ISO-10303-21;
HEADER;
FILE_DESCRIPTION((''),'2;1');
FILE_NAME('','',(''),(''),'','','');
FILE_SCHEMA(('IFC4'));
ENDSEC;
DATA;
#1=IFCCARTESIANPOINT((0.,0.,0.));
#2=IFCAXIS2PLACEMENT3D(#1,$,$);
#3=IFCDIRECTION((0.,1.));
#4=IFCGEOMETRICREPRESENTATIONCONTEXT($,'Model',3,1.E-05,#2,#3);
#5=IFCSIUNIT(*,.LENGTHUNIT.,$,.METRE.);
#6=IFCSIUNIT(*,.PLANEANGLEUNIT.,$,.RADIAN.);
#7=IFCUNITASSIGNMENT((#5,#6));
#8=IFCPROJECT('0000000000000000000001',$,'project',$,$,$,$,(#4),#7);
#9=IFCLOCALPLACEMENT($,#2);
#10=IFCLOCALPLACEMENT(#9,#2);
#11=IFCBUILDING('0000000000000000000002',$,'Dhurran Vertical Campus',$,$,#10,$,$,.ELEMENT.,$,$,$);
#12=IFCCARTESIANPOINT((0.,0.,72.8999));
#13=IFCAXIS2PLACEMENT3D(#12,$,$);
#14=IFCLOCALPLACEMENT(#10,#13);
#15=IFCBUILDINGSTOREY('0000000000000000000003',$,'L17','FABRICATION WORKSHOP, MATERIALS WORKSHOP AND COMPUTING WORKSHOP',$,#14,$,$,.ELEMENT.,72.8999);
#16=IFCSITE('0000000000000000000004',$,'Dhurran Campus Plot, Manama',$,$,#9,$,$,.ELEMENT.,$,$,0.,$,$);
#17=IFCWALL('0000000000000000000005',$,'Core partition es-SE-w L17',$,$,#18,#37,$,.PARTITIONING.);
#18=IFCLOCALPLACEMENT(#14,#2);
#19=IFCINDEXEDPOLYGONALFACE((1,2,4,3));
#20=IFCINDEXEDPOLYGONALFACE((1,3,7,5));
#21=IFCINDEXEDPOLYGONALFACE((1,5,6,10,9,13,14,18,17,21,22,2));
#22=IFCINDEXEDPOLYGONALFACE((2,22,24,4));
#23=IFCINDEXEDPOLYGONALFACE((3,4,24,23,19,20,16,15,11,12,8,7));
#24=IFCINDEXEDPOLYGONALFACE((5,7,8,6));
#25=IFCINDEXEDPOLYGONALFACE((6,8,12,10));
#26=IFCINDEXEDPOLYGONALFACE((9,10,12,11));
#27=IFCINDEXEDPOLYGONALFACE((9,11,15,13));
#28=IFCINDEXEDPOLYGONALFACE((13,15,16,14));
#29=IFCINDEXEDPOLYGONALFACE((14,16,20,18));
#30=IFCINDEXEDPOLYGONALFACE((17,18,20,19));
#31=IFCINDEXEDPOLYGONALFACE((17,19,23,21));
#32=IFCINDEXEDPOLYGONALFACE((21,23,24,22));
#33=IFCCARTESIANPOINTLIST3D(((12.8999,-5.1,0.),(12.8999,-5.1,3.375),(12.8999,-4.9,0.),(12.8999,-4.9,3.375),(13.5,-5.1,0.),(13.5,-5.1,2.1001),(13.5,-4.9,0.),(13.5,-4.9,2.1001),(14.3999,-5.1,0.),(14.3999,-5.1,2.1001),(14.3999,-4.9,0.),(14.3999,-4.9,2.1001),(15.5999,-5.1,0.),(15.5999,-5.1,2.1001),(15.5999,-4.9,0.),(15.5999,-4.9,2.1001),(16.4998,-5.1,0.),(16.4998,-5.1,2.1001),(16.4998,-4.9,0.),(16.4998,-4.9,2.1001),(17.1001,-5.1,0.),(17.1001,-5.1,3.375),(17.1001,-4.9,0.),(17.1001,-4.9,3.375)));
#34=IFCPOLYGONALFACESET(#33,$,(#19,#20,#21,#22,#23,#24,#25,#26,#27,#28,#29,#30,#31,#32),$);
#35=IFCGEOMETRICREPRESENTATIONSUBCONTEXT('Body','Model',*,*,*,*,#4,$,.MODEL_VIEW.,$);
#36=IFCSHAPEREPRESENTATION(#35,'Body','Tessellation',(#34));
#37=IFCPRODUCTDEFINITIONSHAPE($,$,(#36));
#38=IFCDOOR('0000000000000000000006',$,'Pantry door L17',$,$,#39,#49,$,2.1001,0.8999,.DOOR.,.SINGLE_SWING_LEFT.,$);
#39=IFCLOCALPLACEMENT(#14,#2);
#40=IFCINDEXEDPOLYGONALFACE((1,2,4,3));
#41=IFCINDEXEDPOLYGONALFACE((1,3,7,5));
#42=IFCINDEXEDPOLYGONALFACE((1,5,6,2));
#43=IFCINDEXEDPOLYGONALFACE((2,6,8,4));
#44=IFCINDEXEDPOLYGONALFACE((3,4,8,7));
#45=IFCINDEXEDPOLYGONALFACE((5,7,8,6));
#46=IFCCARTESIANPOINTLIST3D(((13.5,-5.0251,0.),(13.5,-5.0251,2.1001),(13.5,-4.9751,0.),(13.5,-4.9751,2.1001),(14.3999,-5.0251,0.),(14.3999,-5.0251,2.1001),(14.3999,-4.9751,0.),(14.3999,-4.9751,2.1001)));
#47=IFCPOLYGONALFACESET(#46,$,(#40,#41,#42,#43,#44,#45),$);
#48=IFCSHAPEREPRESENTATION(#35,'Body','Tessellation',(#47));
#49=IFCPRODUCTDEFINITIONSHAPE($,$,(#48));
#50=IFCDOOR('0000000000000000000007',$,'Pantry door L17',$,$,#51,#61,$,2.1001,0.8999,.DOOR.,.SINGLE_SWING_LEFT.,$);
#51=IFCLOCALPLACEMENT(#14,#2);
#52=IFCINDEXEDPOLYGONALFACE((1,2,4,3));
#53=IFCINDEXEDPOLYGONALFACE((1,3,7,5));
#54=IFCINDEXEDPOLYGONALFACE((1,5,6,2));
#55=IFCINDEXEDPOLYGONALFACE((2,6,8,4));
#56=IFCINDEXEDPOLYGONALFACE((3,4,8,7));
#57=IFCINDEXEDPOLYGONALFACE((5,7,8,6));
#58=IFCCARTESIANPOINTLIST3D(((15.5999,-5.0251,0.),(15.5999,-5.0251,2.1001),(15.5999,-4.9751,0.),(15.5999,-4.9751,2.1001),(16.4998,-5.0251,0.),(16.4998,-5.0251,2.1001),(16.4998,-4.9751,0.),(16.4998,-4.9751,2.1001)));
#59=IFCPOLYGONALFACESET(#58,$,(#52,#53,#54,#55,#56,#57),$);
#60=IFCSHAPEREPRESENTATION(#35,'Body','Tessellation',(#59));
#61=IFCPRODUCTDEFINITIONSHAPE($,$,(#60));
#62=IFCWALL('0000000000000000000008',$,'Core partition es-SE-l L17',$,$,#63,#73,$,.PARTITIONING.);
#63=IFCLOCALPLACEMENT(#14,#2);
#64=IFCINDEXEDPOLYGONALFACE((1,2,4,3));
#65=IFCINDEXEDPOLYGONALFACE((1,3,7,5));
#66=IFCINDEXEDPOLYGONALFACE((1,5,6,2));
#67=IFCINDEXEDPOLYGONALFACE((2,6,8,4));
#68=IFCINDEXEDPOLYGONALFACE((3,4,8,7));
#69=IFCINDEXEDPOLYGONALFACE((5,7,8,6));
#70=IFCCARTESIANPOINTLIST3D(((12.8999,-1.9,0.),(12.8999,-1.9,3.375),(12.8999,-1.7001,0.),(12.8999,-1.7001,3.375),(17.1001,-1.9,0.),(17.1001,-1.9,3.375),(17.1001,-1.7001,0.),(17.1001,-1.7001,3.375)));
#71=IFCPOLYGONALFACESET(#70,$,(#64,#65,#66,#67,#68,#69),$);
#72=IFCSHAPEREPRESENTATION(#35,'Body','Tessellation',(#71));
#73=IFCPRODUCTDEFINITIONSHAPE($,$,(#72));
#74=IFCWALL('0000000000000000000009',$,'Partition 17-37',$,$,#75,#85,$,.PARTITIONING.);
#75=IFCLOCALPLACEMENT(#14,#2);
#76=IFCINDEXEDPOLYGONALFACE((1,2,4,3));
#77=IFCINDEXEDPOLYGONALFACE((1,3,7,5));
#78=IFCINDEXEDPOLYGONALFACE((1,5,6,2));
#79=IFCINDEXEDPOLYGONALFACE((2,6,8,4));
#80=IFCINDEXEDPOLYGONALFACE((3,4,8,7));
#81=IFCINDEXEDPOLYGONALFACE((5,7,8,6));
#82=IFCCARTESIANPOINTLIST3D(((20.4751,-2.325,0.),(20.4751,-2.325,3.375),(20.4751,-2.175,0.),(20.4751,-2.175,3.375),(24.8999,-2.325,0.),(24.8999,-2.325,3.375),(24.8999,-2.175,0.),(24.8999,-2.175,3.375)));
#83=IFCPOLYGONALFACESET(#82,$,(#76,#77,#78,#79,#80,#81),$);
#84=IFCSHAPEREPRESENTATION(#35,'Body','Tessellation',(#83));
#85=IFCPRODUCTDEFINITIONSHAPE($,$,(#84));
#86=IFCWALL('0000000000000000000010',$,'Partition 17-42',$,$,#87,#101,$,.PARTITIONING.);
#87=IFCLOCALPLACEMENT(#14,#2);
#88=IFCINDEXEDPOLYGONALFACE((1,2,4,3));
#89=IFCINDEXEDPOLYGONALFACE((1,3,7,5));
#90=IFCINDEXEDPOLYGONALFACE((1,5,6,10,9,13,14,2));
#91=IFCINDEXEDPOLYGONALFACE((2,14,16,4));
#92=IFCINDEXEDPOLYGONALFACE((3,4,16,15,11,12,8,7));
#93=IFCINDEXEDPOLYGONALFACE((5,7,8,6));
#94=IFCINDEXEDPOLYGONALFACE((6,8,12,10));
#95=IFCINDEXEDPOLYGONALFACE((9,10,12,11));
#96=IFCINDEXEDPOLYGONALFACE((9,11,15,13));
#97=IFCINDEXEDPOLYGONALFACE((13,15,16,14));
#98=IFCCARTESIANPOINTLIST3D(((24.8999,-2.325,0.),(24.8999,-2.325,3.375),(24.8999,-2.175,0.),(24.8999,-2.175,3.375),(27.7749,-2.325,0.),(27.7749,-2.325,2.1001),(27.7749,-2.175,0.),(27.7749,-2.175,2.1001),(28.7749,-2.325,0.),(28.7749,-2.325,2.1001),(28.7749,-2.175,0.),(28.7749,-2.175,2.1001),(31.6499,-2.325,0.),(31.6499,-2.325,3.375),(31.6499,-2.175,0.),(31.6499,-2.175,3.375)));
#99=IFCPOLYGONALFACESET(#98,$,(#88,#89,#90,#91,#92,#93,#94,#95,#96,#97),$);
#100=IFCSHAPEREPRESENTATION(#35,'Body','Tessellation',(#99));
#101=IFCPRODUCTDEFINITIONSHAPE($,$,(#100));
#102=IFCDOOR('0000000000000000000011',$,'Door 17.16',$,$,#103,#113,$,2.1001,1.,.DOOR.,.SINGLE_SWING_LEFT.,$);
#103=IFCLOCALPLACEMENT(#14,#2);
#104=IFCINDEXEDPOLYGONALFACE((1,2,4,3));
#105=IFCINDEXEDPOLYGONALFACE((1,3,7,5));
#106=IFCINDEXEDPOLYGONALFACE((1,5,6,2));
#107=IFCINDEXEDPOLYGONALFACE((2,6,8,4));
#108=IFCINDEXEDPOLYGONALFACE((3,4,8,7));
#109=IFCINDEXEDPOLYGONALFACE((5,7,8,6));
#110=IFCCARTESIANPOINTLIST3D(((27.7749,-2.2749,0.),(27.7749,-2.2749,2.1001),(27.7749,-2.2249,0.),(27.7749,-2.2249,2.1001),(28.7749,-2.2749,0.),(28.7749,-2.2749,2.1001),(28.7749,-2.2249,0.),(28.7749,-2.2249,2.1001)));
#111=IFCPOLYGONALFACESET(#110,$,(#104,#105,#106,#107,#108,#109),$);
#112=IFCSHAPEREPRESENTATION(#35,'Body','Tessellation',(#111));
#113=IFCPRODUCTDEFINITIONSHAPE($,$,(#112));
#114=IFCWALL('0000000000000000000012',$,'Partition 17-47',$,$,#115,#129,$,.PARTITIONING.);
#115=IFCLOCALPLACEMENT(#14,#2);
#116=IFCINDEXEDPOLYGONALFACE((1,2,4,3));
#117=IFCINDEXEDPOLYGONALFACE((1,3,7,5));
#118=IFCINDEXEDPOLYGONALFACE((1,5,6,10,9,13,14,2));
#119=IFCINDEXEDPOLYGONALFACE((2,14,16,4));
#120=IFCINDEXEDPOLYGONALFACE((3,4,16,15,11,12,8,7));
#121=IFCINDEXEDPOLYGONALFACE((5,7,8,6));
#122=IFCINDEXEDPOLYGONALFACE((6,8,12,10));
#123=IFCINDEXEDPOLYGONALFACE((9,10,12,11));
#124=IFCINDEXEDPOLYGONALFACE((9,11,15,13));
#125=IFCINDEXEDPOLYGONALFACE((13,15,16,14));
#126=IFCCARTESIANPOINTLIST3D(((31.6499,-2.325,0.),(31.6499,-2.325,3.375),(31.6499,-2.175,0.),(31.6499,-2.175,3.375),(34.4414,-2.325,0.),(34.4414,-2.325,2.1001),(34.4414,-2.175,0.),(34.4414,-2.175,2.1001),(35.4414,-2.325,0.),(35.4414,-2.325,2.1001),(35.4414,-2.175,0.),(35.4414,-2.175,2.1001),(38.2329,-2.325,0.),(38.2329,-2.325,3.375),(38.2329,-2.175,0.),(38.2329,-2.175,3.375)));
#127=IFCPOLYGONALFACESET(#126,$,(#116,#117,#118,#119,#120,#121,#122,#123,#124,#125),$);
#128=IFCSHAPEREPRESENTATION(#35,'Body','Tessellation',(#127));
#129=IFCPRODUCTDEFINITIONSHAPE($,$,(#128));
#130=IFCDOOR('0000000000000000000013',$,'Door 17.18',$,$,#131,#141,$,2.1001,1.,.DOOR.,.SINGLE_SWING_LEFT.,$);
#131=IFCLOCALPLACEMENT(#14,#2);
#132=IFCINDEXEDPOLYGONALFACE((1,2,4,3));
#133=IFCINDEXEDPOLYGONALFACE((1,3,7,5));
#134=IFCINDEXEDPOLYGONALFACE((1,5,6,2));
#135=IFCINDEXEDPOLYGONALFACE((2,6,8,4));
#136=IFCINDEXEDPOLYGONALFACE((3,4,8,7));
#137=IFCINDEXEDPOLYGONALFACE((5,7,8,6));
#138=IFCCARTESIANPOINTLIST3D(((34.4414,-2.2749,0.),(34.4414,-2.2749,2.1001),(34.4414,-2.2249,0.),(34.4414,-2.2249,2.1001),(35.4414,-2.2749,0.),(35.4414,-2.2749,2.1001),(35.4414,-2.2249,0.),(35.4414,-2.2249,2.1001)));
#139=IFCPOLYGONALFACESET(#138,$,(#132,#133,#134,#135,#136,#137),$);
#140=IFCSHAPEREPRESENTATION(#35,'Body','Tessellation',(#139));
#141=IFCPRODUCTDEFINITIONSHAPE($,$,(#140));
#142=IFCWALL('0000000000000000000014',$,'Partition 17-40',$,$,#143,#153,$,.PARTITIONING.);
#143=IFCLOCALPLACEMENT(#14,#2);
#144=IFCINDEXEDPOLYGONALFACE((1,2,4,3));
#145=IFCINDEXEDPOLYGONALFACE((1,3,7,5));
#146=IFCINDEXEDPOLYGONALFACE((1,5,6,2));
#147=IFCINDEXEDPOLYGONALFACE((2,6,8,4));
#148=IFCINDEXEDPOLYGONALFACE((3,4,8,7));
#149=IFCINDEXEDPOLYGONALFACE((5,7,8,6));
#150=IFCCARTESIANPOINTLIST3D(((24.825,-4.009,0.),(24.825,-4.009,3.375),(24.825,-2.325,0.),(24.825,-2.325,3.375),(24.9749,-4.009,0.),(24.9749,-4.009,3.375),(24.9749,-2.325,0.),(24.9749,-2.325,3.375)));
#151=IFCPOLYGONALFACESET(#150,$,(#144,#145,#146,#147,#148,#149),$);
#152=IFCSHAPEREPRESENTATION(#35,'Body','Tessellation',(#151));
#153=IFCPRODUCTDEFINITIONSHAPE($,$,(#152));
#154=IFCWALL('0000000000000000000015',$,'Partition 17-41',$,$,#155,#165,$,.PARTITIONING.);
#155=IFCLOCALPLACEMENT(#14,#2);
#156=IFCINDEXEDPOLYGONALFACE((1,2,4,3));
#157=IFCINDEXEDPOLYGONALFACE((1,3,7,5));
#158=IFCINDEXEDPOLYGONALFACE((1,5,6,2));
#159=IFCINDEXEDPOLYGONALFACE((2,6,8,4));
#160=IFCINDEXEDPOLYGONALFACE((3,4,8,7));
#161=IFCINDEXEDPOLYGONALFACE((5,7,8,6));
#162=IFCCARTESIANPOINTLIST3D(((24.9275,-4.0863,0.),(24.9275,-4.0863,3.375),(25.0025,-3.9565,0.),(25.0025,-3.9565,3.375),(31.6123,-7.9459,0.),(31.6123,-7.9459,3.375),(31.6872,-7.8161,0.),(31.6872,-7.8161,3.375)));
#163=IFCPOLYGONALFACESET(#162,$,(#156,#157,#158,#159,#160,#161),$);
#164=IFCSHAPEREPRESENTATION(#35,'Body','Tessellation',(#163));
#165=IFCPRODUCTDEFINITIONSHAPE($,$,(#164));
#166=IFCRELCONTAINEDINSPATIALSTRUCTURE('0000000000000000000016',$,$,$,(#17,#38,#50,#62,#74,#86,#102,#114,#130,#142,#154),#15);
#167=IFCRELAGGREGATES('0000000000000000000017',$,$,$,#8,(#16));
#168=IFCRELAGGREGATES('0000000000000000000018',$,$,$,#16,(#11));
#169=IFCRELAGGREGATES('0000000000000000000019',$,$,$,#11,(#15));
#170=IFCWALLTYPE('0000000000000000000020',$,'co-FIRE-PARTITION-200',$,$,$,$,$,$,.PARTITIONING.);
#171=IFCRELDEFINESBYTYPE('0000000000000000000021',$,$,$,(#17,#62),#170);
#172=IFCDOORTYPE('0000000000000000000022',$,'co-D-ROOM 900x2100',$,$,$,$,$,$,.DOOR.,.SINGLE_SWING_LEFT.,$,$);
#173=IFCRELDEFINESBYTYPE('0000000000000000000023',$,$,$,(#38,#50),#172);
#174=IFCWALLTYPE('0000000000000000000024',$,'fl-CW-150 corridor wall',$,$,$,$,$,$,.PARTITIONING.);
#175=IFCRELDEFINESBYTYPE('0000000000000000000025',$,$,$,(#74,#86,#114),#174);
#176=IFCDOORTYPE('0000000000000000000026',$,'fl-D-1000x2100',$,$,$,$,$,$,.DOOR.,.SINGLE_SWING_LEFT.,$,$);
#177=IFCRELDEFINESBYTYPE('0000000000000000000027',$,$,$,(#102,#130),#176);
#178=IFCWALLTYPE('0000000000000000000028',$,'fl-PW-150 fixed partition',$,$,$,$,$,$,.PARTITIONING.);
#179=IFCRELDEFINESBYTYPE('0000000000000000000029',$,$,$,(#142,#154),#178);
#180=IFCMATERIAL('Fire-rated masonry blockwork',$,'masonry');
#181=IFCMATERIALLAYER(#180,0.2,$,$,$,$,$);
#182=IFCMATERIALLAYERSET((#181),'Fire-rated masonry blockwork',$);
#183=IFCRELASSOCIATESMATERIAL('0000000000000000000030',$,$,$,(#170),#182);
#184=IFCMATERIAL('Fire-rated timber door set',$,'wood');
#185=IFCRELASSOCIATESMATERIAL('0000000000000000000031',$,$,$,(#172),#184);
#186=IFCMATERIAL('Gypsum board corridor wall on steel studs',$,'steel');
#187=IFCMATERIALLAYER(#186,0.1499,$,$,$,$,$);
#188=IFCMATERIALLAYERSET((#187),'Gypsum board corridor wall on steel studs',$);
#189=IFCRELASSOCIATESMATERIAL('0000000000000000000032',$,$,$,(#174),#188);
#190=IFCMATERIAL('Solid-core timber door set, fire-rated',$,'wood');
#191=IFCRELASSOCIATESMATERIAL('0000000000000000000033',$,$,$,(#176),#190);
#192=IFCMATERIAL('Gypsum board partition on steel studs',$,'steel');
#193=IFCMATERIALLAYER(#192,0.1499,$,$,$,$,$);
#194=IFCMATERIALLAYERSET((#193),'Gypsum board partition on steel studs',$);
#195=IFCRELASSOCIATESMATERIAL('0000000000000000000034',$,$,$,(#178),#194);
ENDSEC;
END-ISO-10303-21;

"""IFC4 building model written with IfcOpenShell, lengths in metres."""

from ifc_helpers import new_model, si_unit, direction, frame, frame_2d, origin, place, context, subcontext, project, spatial, rectangle, extrude, material, layer, layer_set, type_object, element, fill, save


model = new_model("IFC4")

# Units and contexts
model_context = context("Model", 3, precision=1e-05, world=origin(), true_north=direction((0.0, 1.0)))
body_context = subcontext(model_context, "Body", "Model", "MODEL_VIEW")
ifc_project = project(units=[si_unit("LENGTHUNIT", "METRE"), si_unit("PLANEANGLEUNIT", "RADIAN")], contexts=[model_context])

# Site, building, storey
site_placement = place(None, origin())
site = spatial("IfcSite", under=ifc_project, at=site_placement, Name="Dhurran Campus Plot, Manama", CompositionType="ELEMENT", RefElevation=0.0)
building_placement = place(site_placement, origin())
building = spatial("IfcBuilding", under=site, at=building_placement, Name="Dhurran Vertical Campus", CompositionType="ELEMENT")
storey_placement = place(building_placement, frame((0.0, 0.0, 72.8999)))
storey = spatial("IfcBuildingStorey", under=building, at=storey_placement, Name="L17", Description="FABRICATION WORKSHOP, MATERIALS WORKSHOP AND COMPUTING WORKSHOP", CompositionType="ELEMENT", Elevation=72.8999)

# Shared definitions
ifc_material_1 = material(Name="Fire-rated masonry blockwork", Category="masonry")
ifc_layer_1 = layer(ifc_material_1, 0.2)
ifc_layer_set_1 = layer_set([ifc_layer_1], Name="Fire-rated masonry blockwork")
wall_type_1 = type_object("IfcWallType", Name="co-FIRE-PARTITION-200", PredefinedType="PARTITIONING", material=ifc_layer_set_1)
ifc_material_2 = material(Name="Fire-rated timber door set", Category="wood")
door_type_1 = type_object("IfcDoorType", Name="co-D-ROOM 900x2100", OperationType="SINGLE_SWING_LEFT", PredefinedType="DOOR", material=ifc_material_2)

# Wall, openings, doors
wall_1_placement = place(storey_placement, frame((12.8999, -5.0, 0.0), z_axis=(0.0, 0.0, 1.0), x_axis=(1.0, 0.0, 0.0)))
wall_1 = element("IfcWall", 1, at=wall_1_placement, inside=storey, type_object=wall_type_1, Name="Core partition es-SE-w L17", PredefinedType="PARTITIONING", context=body_context, shape_type="SweptSolid", body=[
    extrude(rectangle(XDim=4.2002, YDim=0.2, at=frame_2d((2.1001, 0.0))), origin(), (0.0, 0.0, 1.0), 3.375),
])
opening_1_placement = place(wall_1_placement, frame((0.6001, 0.0, 0.0)))
opening_1 = element("IfcOpeningElement", 2, at=opening_1_placement, cuts=wall_1, PredefinedType="OPENING", context=body_context, shape_type="SweptSolid", body=[
    extrude(rectangle(XDim=0.8999, YDim=2.1001, at=frame_2d((0.45, 1.05))), frame((0.0, 0.1099, 0.0), z_axis=(0.0, -1.0, 0.0), x_axis=(1.0, 0.0, 0.0)), (0.0, 0.0, 1.0), 0.22),
])
opening_2_placement = place(wall_1_placement, frame((2.7, 0.0, 0.0)))
opening_2 = element("IfcOpeningElement", 3, at=opening_2_placement, cuts=wall_1, PredefinedType="OPENING", context=body_context, shape_type="SweptSolid", body=[
    extrude(rectangle(XDim=0.8999, YDim=2.1001, at=frame_2d((0.45, 1.05))), frame((0.0, 0.1099, 0.0), z_axis=(0.0, -1.0, 0.0), x_axis=(1.0, 0.0, 0.0)), (0.0, 0.0, 1.0), 0.22),
])
door_1_placement = place(opening_1_placement, origin())
door_1 = element("IfcDoor", 4, at=door_1_placement, inside=storey, type_object=door_type_1, Name="Pantry door L17", OperationType="SINGLE_SWING_LEFT", OverallHeight=2.1001, OverallWidth=0.8999, PredefinedType="DOOR", context=body_context, shape_type="SweptSolid", body=[
    extrude(rectangle(XDim=0.8999, YDim=2.1001, at=frame_2d((0.45, 1.05))), frame((0.0, 0.0249, 0.0), z_axis=(0.0, -1.0, 0.0), x_axis=(1.0, 0.0, 0.0)), (0.0, 0.0, 1.0), 0.05),
])
fill(opening_1, door_1)
door_2_placement = place(opening_2_placement, origin())
door_2 = element("IfcDoor", 5, at=door_2_placement, inside=storey, type_object=door_type_1, Name="Pantry door L17", OperationType="SINGLE_SWING_LEFT", OverallHeight=2.1001, OverallWidth=0.8999, PredefinedType="DOOR", context=body_context, shape_type="SweptSolid", body=[
    extrude(rectangle(XDim=0.8999, YDim=2.1001, at=frame_2d((0.45, 1.05))), frame((0.0, 0.0249, 0.0), z_axis=(0.0, -1.0, 0.0), x_axis=(1.0, 0.0, 0.0)), (0.0, 0.0, 1.0), 0.05),
])
fill(opening_2, door_2)

# Walls
wall_2_placement = place(storey_placement, frame((12.8999, -1.8, 0.0), z_axis=(0.0, 0.0, 1.0), x_axis=(1.0, 0.0, 0.0)))
element("IfcWall", 6, at=wall_2_placement, inside=storey, type_object=wall_type_1, Name="Core partition es-SE-l L17", PredefinedType="PARTITIONING", context=body_context, shape_type="SweptSolid", body=[
    extrude(rectangle(XDim=4.2002, YDim=0.2, at=frame_2d((2.1001, 0.0))), origin(), (0.0, 0.0, 1.0), 3.375),
])
ifc_material_3 = material(Name="Gypsum board corridor wall on steel studs", Category="steel")
ifc_layer_2 = layer(ifc_material_3, 0.1499)
ifc_layer_set_2 = layer_set([ifc_layer_2], Name="Gypsum board corridor wall on steel studs")
wall_type_2 = type_object("IfcWallType", Name="fl-CW-150 corridor wall", PredefinedType="PARTITIONING", material=ifc_layer_set_2)
wall_3_placement = place(storey_placement, frame((24.8999, -2.25, 0.0), z_axis=(0.0, 0.0, 1.0), x_axis=(-1.0, 0.0, 0.0)))
element("IfcWall", 7, at=wall_3_placement, inside=storey, type_object=wall_type_2, Name="Partition 17-37", PredefinedType="PARTITIONING", context=body_context, shape_type="SweptSolid", body=[
    extrude(rectangle(XDim=4.4248, YDim=0.1499, at=frame_2d((2.2124, 0.0))), origin(), (0.0, 0.0, 1.0), 3.375),
])

# Walls, openings, doors
wall_4_placement = place(storey_placement, frame((31.6499, -2.25, 0.0), z_axis=(0.0, 0.0, 1.0), x_axis=(-1.0, 0.0, 0.0)))
wall_4 = element("IfcWall", 8, at=wall_4_placement, inside=storey, type_object=wall_type_2, Name="Partition 17-42", PredefinedType="PARTITIONING", context=body_context, shape_type="SweptSolid", body=[
    extrude(rectangle(XDim=6.75, YDim=0.1499, at=frame_2d((3.375, 0.0))), origin(), (0.0, 0.0, 1.0), 3.375),
])
opening_3_placement = place(wall_4_placement, frame((2.875, 0.0, 0.0)))
opening_3 = element("IfcOpeningElement", 9, at=opening_3_placement, cuts=wall_4, PredefinedType="OPENING", context=body_context, shape_type="SweptSolid", body=[
    extrude(rectangle(XDim=1.0, YDim=2.1001, at=frame_2d((0.5, 1.05))), frame((0.0, 0.085, 0.0), z_axis=(0.0, -1.0, 0.0), x_axis=(1.0, 0.0, 0.0)), (0.0, 0.0, 1.0), 0.1699),
])
ifc_material_4 = material(Name="Solid-core timber door set, fire-rated", Category="wood")
door_type_2 = type_object("IfcDoorType", Name="fl-D-1000x2100", OperationType="SINGLE_SWING_LEFT", PredefinedType="DOOR", material=ifc_material_4)
door_3_placement = place(opening_3_placement, origin())
door_3 = element("IfcDoor", 10, at=door_3_placement, inside=storey, type_object=door_type_2, Name="Door 17.16", OperationType="SINGLE_SWING_LEFT", OverallHeight=2.1001, OverallWidth=1.0, PredefinedType="DOOR", context=body_context, shape_type="SweptSolid", body=[
    extrude(rectangle(XDim=1.0, YDim=2.1001, at=frame_2d((0.5, 1.05))), frame((0.0, 0.0249, 0.0), z_axis=(0.0, -1.0, 0.0), x_axis=(1.0, 0.0, 0.0)), (0.0, 0.0, 1.0), 0.05),
])
fill(opening_3, door_3)
wall_5_placement = place(storey_placement, frame((38.2329, -2.25, 0.0), z_axis=(0.0, 0.0, 1.0), x_axis=(-1.0, 0.0, 0.0)))
wall_5 = element("IfcWall", 11, at=wall_5_placement, inside=storey, type_object=wall_type_2, Name="Partition 17-47", PredefinedType="PARTITIONING", context=body_context, shape_type="SweptSolid", body=[
    extrude(rectangle(XDim=6.583, YDim=0.1499, at=frame_2d((3.2915, 0.0))), origin(), (0.0, 0.0, 1.0), 3.375),
])
opening_4_placement = place(wall_5_placement, frame((2.7915, 0.0, 0.0)))
opening_4 = element("IfcOpeningElement", 12, at=opening_4_placement, cuts=wall_5, PredefinedType="OPENING", context=body_context, shape_type="SweptSolid", body=[
    extrude(rectangle(XDim=1.0, YDim=2.1001, at=frame_2d((0.5, 1.05))), frame((0.0, 0.085, 0.0), z_axis=(0.0, -1.0, 0.0), x_axis=(1.0, 0.0, 0.0)), (0.0, 0.0, 1.0), 0.1699),
])
door_4_placement = place(opening_4_placement, origin())
door_4 = element("IfcDoor", 13, at=door_4_placement, inside=storey, type_object=door_type_2, Name="Door 17.18", OperationType="SINGLE_SWING_LEFT", OverallHeight=2.1001, OverallWidth=1.0, PredefinedType="DOOR", context=body_context, shape_type="SweptSolid", body=[
    extrude(rectangle(XDim=1.0, YDim=2.1001, at=frame_2d((0.5, 1.05))), frame((0.0, 0.0249, 0.0), z_axis=(0.0, -1.0, 0.0), x_axis=(1.0, 0.0, 0.0)), (0.0, 0.0, 1.0), 0.05),
])
fill(opening_4, door_4)

# Walls
ifc_material_5 = material(Name="Gypsum board partition on steel studs", Category="steel")
ifc_layer_3 = layer(ifc_material_5, 0.1499)
ifc_layer_set_3 = layer_set([ifc_layer_3], Name="Gypsum board partition on steel studs")
wall_type_3 = type_object("IfcWallType", Name="fl-PW-150 fixed partition", PredefinedType="PARTITIONING", material=ifc_layer_set_3)
wall_6_placement = place(storey_placement, frame((24.8999, -2.325, 0.0), z_axis=(0.0, 0.0, 1.0), x_axis=(0.0, -1.0, 0.0)))
element("IfcWall", 14, at=wall_6_placement, inside=storey, type_object=wall_type_3, Name="Partition 17-40", PredefinedType="PARTITIONING", context=body_context, shape_type="SweptSolid", body=[
    extrude(rectangle(XDim=1.6841, YDim=0.1499, at=frame_2d((0.842, 0.0))), origin(), (0.0, 0.0, 1.0), 3.375),
])
wall_7_placement = place(storey_placement, frame((24.9651, -4.0215, 0.0), z_axis=(0.0, 0.0, 1.0), x_axis=(0.866018, -0.500014, 0.0)))
element("IfcWall", 15, at=wall_7_placement, inside=storey, type_object=wall_type_3, Name="Partition 17-41", PredefinedType="PARTITIONING", context=body_context, shape_type="SweptSolid", body=[
    extrude(rectangle(XDim=7.719, YDim=0.1499, at=frame_2d((3.8594, 0.0))), origin(), (0.0, 0.0, 1.0), 3.375),
])

save(model, "model.ifc")
